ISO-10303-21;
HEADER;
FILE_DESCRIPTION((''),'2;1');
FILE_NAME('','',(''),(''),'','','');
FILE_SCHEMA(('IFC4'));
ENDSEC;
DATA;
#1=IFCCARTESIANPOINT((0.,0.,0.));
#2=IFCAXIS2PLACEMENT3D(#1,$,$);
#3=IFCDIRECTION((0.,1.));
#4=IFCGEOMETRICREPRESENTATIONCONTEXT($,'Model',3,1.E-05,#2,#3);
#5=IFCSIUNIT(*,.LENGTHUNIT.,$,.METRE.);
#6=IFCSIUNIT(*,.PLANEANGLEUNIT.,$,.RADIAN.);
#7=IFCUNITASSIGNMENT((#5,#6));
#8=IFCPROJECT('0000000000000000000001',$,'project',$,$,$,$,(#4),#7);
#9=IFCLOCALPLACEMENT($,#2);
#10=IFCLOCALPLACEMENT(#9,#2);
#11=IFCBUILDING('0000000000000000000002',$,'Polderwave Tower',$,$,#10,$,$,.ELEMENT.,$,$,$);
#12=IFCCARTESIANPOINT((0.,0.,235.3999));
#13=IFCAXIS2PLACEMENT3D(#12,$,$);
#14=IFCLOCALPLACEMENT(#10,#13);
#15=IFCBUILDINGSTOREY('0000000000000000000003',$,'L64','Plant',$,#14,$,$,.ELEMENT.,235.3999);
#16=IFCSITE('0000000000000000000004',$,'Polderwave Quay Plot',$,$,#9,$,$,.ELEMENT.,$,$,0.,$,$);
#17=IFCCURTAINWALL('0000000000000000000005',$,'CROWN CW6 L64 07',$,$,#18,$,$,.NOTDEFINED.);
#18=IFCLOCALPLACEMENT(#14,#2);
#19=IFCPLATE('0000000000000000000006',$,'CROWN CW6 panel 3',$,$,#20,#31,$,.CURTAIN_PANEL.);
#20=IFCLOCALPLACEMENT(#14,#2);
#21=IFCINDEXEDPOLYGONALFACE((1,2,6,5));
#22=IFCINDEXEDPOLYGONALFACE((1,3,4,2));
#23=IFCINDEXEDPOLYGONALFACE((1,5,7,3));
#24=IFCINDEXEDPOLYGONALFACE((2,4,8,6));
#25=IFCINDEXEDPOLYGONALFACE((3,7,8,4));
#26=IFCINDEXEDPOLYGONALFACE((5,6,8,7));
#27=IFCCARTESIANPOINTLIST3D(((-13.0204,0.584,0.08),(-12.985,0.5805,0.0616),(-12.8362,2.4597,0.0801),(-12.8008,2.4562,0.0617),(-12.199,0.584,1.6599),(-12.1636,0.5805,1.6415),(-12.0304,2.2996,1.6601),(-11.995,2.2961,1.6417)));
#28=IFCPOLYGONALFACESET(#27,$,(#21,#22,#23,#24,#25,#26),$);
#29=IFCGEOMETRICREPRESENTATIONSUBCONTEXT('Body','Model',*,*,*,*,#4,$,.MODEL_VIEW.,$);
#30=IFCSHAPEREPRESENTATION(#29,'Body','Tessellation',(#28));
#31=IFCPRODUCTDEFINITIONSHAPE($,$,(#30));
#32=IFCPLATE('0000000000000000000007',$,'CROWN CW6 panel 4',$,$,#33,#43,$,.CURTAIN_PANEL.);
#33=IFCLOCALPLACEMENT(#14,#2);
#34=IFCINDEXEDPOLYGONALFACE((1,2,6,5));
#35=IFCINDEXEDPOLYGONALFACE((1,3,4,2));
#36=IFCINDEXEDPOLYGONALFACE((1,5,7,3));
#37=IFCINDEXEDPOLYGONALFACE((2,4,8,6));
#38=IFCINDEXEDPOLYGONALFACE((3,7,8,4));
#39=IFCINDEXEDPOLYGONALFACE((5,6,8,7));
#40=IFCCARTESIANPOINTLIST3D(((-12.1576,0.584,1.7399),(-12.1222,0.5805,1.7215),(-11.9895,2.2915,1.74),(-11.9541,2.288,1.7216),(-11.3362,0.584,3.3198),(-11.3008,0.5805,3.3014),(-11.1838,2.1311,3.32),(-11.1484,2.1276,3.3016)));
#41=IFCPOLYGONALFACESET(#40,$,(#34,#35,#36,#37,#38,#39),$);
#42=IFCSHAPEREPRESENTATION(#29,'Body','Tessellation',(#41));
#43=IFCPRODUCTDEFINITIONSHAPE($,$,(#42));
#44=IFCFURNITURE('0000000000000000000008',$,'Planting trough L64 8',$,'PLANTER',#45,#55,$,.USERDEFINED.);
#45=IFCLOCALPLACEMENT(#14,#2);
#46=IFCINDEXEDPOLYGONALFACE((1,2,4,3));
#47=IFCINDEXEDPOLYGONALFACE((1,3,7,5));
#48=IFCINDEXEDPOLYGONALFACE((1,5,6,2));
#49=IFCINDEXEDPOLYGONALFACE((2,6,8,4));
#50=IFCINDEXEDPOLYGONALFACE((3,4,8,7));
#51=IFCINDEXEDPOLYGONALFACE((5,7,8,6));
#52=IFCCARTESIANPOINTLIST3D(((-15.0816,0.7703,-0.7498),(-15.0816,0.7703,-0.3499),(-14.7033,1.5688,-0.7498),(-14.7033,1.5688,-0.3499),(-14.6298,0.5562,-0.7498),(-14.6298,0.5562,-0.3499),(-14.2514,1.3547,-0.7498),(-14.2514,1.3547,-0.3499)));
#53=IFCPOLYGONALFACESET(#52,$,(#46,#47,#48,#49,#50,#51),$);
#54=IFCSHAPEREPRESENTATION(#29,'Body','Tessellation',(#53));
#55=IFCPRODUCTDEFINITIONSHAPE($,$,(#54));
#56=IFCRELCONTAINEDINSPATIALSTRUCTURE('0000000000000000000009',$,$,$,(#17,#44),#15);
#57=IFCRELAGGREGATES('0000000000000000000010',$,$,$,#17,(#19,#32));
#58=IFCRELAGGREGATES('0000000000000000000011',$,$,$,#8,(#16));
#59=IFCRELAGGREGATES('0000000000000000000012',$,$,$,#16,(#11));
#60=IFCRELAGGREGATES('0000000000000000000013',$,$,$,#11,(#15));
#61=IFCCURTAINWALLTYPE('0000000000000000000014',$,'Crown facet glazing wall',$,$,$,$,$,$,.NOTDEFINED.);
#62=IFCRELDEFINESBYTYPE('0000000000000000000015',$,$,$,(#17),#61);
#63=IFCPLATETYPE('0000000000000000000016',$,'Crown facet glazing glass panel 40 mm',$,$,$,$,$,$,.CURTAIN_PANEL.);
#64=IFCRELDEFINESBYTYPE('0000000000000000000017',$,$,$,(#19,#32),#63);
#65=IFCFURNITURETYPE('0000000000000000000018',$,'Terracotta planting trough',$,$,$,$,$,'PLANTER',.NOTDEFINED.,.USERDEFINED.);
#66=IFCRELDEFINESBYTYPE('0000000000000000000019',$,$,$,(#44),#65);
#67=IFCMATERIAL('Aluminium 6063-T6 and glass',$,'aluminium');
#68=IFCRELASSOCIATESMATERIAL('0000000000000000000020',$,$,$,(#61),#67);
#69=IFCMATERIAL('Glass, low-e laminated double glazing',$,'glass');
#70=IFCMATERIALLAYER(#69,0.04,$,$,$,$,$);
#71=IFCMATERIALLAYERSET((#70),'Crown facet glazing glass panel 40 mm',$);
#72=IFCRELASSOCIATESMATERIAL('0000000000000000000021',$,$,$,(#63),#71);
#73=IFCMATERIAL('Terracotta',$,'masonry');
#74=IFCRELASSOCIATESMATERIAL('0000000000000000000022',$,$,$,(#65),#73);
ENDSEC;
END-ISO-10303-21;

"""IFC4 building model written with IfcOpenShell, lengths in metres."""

from ifc_helpers import new_model, si_unit, direction, frame, origin, origin_2d, place, context, subcontext, project, spatial, polyline, rectangle, outline, extrude, material, layer, layer_set, type_object, element, aggregate, save


model = new_model("IFC4")

# Units and contexts
model_context = context("Model", 3, precision=1e-05, world=origin(), true_north=direction((0.0, 1.0)))
body_context = subcontext(model_context, "Body", "Model", "MODEL_VIEW")
ifc_project = project(units=[si_unit("LENGTHUNIT", "METRE"), si_unit("PLANEANGLEUNIT", "RADIAN")], contexts=[model_context])

# Site, building, storey
site_placement = place(None, origin())
site = spatial("IfcSite", under=ifc_project, at=site_placement, Name="Polderwave Quay Plot", CompositionType="ELEMENT", RefElevation=0.0)
building_placement = place(site_placement, origin())
building = spatial("IfcBuilding", under=site, at=building_placement, Name="Polderwave Tower", CompositionType="ELEMENT")
storey_placement = place(building_placement, frame((0.0, 0.0, 235.3999)))
storey = spatial("IfcBuildingStorey", under=building, at=storey_placement, Name="L64", Description="Plant", CompositionType="ELEMENT", Elevation=235.3999)

# Shared definitions
ifc_material_1 = material(Name="Aluminium 6063-T6 and glass", Category="aluminium")
curtain_wall_type = type_object("IfcCurtainWallType", Name="Crown facet glazing wall", PredefinedType="NOTDEFINED", material=ifc_material_1)

# Curtain wall
curtain_wall_1_placement = place(storey_placement, origin())
curtain_wall_1 = element("IfcCurtainWall", 1, at=curtain_wall_1_placement, inside=storey, type_object=curtain_wall_type, Name="CROWN CW6 L64 07", PredefinedType="NOTDEFINED")

# Plates
ifc_material_2 = material(Name="Glass, low-e laminated double glazing", Category="glass")
ifc_layer = layer(ifc_material_2, 0.04)
ifc_layer_set = layer_set([ifc_layer], Name="Crown facet glazing glass panel 40 mm")
plate_type = type_object("IfcPlateType", Name="Crown facet glazing glass panel 40 mm", PredefinedType="CURTAIN_PANEL", material=ifc_layer_set)
plate_1_placement = place(storey_placement, frame((-12.8362, 2.4597, 0.0801), z_axis=(-0.883895, 0.086796, 0.459561), x_axis=(-0.097742, -0.995212, -0.000029)))
plate_1 = element("IfcPlate", 2, at=plate_1_placement, type_object=plate_type, Name="CROWN CW6 panel 3", PredefinedType="CURTAIN_PANEL", context=body_context, shape_type="SweptSolid", body=[
    extrude(outline(polyline([(0.0, 0.0), (1.8848, 0.0), (1.8044, 1.7789), (0.0806, 1.779), (0.0, 0.0)])), origin(), (0.0, 0.0, -1.0), 0.04),
])
plate_2_placement = place(storey_placement, frame((-11.9895, 2.2915, 1.74), z_axis=(-0.88387, 0.08702, 0.459566), x_axis=(-0.097992, -0.995187, -0.000024)))
plate_2 = element("IfcPlate", 3, at=plate_2_placement, type_object=plate_type, Name="CROWN CW6 panel 4", PredefinedType="CURTAIN_PANEL", context=body_context, shape_type="SweptSolid", body=[
    extrude(outline(polyline([(0.0, 0.0), (1.7158, 0.0), (1.6352, 1.7788), (0.0806, 1.779), (0.0, 0.0)])), origin(), (0.0, 0.0, -1.0), 0.04),
])
aggregate(curtain_wall_1, [plate_1, plate_2])

# Furniture
ifc_material_3 = material(Name="Terracotta", Category="masonry")
furniture_type = type_object("IfcFurnitureType", Name="Terracotta planting trough", ElementType="PLANTER", AssemblyPlace="NOTDEFINED", PredefinedType="USERDEFINED", material=ifc_material_3)
furniture_placement = place(storey_placement, frame((-14.6665, 1.0625, -0.7498), z_axis=(0.0, 0.0, 1.0), x_axis=(-0.428202, -0.903683, 0.0)))
element("IfcFurniture", 4, at=furniture_placement, inside=storey, type_object=furniture_type, Name="Planting trough L64 8", ObjectType="PLANTER", PredefinedType="USERDEFINED", context=body_context, shape_type="SweptSolid", body=[
    extrude(rectangle(XDim=0.8835, YDim=0.5, at=origin_2d()), origin(), (0.0, 0.0, 1.0), 0.3999),
])

save(model, "model.ifc")
